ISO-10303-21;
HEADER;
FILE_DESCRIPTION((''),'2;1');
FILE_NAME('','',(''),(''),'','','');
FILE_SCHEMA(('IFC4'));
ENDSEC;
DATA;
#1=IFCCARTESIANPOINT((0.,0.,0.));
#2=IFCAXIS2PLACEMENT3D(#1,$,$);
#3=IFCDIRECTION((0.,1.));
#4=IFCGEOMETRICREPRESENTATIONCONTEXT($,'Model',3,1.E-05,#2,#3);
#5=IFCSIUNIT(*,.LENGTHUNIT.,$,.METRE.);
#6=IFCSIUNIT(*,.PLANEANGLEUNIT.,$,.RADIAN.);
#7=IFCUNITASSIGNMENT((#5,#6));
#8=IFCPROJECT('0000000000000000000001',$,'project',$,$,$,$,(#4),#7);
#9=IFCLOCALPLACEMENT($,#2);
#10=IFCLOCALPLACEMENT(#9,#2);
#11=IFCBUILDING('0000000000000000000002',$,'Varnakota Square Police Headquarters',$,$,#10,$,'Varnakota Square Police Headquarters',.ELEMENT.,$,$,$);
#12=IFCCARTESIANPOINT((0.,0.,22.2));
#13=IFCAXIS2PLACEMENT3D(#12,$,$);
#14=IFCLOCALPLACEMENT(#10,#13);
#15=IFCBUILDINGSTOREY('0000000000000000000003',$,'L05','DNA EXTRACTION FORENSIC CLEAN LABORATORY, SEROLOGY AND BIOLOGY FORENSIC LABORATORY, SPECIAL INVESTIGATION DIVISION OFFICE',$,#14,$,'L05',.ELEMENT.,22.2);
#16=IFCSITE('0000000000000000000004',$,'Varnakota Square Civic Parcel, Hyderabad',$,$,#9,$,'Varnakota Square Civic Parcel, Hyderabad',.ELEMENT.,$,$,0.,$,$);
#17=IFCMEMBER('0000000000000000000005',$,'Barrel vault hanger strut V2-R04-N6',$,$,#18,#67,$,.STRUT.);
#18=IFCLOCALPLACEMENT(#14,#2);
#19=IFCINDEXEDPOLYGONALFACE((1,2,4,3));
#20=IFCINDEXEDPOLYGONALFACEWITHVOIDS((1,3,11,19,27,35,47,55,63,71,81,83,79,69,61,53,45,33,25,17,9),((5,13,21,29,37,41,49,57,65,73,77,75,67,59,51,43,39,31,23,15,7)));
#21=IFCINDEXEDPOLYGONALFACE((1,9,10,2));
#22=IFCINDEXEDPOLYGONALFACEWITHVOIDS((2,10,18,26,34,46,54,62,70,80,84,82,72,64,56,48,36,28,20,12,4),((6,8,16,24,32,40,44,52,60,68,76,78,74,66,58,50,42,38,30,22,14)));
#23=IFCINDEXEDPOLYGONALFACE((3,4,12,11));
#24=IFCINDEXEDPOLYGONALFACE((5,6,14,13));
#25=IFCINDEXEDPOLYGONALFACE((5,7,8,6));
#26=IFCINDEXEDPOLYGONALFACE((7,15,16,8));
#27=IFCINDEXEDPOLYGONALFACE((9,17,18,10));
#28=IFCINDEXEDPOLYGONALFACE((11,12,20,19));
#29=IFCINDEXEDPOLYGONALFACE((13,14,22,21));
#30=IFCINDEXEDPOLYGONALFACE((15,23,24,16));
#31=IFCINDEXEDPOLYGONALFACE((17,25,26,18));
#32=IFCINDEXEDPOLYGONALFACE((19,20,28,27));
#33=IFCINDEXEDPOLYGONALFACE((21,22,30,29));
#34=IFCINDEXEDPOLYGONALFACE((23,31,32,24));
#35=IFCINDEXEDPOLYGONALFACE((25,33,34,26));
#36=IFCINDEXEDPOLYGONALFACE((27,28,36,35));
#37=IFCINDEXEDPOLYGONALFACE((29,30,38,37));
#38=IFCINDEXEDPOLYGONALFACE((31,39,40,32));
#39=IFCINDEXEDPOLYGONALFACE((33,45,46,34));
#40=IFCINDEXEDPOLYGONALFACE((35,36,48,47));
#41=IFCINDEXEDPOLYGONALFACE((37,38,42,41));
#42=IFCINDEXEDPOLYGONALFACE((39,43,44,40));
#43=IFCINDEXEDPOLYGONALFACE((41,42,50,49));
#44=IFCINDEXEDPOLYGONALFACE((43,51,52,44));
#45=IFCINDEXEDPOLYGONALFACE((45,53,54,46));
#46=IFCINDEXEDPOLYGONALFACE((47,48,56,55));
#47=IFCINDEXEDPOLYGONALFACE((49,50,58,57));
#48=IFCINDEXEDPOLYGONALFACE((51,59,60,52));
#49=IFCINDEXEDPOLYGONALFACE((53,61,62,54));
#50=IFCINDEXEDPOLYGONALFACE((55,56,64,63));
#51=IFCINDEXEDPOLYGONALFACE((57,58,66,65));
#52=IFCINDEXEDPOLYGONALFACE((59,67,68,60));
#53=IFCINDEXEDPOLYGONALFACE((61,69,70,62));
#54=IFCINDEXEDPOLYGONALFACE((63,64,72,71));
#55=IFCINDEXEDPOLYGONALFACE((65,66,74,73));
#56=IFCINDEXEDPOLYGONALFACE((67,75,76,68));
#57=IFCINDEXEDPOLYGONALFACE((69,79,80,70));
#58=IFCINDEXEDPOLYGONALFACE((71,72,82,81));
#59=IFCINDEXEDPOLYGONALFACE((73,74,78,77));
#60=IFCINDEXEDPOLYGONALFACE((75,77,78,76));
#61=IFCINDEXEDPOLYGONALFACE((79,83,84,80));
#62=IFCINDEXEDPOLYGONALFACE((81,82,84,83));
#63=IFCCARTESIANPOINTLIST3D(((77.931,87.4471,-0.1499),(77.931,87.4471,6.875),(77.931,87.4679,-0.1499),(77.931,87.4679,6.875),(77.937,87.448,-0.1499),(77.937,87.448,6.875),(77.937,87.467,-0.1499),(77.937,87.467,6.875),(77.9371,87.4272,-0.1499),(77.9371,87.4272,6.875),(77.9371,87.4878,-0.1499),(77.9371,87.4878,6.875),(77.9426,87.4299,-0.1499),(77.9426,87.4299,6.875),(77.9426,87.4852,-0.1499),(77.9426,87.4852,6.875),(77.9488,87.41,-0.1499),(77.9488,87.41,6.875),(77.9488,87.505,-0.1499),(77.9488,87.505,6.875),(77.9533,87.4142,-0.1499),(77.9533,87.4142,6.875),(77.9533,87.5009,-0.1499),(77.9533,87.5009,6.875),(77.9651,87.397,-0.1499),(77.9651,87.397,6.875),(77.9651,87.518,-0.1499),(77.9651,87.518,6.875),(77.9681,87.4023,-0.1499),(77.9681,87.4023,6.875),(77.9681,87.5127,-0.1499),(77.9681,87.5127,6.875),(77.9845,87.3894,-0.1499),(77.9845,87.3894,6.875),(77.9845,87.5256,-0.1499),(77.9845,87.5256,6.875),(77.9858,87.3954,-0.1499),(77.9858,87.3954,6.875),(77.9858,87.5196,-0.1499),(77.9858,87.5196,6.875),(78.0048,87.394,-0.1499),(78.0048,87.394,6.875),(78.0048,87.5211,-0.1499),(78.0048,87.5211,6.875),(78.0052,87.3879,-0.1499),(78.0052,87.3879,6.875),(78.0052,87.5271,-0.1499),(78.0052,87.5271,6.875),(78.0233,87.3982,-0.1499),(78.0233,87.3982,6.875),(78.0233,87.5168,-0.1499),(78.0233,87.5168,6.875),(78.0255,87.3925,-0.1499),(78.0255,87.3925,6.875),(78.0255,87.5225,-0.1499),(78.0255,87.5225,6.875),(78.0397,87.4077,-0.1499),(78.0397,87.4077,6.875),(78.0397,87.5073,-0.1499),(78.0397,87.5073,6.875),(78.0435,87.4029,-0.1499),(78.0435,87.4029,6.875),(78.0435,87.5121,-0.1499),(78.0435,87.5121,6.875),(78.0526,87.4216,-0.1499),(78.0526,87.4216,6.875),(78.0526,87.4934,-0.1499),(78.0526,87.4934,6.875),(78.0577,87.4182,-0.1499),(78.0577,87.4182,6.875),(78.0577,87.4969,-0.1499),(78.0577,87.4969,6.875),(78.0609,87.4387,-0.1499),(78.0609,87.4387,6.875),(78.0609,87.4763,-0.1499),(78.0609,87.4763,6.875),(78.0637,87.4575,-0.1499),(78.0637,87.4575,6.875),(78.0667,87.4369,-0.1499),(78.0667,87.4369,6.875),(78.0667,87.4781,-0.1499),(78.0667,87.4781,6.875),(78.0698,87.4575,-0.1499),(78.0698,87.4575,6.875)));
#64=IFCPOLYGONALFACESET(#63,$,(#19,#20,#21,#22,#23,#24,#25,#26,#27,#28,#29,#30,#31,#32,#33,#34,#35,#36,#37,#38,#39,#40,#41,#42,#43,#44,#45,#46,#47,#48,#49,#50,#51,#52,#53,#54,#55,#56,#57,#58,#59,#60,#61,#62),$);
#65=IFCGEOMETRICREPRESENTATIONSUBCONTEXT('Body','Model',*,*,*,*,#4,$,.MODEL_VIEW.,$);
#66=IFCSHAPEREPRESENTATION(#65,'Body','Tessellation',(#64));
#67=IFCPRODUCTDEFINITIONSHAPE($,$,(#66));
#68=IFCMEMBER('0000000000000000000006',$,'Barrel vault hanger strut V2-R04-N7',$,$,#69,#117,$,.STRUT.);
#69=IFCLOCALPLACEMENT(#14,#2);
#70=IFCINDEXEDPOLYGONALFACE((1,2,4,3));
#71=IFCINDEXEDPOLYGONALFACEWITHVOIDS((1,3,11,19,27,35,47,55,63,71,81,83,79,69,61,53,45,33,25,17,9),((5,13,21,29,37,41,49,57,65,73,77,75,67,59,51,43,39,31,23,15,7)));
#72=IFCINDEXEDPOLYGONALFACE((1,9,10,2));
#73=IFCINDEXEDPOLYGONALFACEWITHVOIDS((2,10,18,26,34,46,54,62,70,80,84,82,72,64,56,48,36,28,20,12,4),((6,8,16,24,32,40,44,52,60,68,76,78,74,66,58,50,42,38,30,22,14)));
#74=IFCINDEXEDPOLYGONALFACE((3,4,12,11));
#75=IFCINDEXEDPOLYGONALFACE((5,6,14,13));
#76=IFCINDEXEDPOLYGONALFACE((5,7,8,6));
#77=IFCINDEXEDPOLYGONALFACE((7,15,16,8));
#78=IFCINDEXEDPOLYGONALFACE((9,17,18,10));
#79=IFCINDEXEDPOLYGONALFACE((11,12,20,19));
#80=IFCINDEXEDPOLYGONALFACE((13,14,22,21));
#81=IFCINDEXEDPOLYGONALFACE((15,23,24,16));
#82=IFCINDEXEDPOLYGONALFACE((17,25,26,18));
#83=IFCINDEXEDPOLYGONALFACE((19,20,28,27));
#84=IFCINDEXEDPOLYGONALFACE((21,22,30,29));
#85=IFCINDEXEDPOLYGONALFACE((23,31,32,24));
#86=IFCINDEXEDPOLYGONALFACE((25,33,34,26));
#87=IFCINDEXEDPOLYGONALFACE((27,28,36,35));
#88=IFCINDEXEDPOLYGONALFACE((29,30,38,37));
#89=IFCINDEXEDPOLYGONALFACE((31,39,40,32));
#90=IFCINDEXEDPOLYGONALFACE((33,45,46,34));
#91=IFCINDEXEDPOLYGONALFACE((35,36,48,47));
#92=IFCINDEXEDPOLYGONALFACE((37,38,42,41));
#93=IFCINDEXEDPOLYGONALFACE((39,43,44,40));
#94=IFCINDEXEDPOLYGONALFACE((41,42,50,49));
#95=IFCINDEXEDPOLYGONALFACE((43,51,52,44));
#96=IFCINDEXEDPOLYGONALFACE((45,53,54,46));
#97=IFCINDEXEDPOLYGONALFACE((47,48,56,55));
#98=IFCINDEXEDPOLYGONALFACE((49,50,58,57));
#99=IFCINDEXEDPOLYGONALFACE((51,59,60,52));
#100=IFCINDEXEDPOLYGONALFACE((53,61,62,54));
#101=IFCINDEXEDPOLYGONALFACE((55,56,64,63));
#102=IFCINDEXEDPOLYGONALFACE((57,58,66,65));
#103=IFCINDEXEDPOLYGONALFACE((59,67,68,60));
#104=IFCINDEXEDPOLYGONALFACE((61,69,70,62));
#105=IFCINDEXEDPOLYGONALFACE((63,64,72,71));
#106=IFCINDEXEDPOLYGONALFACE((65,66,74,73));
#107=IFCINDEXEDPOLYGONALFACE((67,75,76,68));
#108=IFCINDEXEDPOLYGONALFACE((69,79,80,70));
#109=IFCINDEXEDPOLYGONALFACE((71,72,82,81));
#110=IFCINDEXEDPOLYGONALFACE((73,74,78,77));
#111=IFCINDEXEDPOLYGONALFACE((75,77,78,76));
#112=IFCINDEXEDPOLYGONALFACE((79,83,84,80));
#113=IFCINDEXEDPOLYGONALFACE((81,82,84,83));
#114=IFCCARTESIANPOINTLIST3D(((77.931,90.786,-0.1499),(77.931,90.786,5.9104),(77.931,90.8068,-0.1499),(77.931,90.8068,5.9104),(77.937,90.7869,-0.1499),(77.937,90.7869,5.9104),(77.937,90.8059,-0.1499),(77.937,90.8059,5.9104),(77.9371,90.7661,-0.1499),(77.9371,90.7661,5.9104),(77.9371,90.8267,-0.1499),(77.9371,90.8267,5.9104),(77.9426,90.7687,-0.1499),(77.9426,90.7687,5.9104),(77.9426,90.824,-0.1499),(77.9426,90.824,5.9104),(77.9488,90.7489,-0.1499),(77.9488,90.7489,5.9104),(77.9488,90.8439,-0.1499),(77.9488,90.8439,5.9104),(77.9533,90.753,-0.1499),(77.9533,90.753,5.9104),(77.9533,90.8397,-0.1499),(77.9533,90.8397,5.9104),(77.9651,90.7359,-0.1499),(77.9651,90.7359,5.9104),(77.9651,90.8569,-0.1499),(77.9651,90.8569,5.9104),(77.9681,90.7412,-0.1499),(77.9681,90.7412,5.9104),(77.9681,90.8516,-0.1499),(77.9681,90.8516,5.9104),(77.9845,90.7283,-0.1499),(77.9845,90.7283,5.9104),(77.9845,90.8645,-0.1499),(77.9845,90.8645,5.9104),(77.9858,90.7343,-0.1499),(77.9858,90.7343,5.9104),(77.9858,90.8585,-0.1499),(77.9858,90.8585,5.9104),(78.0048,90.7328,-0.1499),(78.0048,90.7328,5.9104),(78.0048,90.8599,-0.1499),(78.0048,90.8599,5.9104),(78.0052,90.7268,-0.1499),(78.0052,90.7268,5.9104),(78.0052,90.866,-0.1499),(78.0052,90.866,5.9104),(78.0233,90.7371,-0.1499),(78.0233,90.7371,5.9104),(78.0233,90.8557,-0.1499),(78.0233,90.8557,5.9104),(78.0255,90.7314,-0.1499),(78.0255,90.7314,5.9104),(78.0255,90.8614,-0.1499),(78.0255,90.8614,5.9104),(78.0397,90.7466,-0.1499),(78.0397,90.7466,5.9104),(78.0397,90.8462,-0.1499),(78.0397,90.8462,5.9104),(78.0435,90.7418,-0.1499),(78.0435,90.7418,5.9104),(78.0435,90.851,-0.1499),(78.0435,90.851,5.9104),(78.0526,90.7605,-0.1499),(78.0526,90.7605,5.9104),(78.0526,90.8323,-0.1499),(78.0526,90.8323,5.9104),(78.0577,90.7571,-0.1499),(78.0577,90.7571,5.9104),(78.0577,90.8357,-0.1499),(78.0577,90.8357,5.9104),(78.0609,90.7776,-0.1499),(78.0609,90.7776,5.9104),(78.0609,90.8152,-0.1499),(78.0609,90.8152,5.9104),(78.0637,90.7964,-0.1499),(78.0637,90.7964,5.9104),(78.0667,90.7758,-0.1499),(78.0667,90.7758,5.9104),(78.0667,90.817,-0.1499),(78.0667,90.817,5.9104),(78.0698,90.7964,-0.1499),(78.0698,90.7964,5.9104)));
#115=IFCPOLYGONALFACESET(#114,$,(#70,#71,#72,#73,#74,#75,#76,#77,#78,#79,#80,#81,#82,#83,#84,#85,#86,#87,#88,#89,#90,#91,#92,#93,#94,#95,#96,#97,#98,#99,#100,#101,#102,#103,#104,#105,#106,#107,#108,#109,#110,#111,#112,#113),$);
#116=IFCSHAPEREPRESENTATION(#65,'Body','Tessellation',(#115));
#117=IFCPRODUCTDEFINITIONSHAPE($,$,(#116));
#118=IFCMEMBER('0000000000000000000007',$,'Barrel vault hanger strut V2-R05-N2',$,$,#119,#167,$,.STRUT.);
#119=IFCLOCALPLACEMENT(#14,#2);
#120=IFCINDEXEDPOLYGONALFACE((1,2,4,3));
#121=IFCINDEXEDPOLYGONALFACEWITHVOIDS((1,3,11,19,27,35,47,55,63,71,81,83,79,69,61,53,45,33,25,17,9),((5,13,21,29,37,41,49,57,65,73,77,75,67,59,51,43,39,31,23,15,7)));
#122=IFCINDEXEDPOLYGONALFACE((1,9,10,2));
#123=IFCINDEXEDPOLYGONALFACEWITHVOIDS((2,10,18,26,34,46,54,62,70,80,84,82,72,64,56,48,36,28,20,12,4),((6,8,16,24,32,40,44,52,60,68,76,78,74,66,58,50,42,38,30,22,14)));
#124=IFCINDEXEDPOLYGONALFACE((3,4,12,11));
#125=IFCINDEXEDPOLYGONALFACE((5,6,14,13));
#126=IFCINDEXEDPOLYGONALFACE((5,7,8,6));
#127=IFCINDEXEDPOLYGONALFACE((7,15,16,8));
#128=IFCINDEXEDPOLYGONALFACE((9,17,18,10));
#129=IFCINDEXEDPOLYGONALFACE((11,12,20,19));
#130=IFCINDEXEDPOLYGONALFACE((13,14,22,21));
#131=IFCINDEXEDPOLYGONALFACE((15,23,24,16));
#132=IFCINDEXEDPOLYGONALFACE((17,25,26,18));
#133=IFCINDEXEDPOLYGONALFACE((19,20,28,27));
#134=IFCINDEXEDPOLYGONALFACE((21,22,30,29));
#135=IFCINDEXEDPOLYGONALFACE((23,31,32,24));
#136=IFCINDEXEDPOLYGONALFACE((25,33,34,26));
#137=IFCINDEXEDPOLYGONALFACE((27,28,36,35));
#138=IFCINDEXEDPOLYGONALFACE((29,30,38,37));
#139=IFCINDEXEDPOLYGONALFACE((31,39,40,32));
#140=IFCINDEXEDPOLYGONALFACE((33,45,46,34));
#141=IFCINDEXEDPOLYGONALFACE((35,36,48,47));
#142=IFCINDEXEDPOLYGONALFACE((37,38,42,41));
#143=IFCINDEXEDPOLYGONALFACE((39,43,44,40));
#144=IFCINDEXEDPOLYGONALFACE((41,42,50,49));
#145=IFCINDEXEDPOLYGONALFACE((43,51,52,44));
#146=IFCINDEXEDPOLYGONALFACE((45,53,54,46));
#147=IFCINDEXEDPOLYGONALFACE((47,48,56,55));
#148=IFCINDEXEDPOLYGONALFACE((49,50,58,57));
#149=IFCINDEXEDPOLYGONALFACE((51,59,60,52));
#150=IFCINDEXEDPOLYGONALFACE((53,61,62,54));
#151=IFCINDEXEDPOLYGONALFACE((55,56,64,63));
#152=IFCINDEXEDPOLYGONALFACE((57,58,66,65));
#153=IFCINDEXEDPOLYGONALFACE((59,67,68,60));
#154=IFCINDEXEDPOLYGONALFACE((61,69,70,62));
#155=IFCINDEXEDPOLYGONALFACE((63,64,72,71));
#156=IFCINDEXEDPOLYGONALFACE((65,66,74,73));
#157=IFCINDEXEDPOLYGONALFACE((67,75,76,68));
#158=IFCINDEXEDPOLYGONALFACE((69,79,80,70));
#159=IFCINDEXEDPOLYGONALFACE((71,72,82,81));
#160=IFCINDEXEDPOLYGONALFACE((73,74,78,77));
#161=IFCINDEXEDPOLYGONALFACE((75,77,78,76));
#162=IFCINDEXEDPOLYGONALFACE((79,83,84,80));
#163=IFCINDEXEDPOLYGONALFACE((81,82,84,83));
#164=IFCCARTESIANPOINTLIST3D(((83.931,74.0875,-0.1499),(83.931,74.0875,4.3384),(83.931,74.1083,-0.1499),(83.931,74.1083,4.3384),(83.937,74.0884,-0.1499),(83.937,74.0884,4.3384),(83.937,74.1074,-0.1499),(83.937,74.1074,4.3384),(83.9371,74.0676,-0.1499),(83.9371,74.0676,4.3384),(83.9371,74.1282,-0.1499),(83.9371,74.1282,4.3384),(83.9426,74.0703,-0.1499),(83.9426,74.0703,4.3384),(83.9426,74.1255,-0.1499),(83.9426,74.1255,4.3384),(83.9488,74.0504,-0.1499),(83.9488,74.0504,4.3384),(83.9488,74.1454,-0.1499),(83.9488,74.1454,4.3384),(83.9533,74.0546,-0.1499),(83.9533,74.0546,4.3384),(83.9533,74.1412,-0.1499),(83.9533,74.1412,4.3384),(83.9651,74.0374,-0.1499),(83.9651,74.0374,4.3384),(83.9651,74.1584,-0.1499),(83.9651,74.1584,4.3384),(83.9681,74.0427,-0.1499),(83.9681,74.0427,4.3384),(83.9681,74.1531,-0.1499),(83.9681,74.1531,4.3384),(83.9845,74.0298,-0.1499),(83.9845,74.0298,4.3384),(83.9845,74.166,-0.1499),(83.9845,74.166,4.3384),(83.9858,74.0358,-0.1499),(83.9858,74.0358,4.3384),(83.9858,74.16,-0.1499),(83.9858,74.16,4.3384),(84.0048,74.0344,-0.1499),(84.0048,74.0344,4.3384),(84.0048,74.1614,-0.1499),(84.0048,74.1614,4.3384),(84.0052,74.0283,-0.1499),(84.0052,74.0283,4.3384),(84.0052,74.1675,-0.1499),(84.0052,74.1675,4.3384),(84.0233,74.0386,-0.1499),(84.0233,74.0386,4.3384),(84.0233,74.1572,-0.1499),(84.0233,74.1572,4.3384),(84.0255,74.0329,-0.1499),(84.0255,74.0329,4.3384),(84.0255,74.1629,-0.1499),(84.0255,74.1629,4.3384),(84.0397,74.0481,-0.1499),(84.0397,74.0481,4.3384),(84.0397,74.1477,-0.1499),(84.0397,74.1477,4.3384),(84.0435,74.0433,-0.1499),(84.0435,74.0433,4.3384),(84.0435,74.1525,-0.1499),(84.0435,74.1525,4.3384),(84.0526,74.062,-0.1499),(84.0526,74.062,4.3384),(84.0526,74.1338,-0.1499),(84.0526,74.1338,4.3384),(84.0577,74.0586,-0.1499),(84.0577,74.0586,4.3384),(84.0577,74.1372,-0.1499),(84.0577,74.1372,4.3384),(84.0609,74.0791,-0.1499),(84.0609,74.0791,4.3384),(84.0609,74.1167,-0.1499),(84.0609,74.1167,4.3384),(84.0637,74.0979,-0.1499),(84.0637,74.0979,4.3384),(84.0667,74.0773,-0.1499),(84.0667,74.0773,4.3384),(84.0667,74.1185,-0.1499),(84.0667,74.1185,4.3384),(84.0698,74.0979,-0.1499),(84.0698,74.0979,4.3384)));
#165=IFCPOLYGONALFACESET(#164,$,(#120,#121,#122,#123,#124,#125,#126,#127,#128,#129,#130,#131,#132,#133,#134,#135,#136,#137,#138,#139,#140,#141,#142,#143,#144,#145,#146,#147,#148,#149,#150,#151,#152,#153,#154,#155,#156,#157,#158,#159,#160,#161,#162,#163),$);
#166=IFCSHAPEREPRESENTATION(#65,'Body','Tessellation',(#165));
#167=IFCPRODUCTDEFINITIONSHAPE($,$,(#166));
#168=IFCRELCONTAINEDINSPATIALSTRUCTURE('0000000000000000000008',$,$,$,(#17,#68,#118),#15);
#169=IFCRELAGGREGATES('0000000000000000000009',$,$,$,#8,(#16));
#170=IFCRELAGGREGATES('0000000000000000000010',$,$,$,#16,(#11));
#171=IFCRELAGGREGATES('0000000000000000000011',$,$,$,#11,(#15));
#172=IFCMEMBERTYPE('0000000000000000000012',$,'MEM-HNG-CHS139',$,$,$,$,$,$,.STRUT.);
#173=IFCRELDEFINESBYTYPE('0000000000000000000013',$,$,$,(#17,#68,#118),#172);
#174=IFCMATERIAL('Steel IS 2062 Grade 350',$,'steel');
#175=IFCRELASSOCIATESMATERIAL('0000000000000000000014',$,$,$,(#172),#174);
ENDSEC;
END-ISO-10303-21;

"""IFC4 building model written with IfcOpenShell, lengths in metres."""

from ifc_helpers import new_model, si_unit, direction, frame, origin, origin_2d, place, context, subcontext, project, spatial, hollow_circle, extrude, material, material_profile, profile_set, type_object, element, save


model = new_model("IFC4")

# Units and contexts
model_context = context("Model", 3, precision=1e-05, world=origin(), true_north=direction((0.0, 1.0)))
body_context = subcontext(model_context, "Body", "Model", "MODEL_VIEW")
ifc_project = project(units=[si_unit("LENGTHUNIT", "METRE"), si_unit("PLANEANGLEUNIT", "RADIAN")], contexts=[model_context])

# Site, building, storey
site_placement = place(None, origin())
site = spatial("IfcSite", under=ifc_project, at=site_placement, Name="Varnakota Square Civic Parcel, Hyderabad", LongName="Varnakota Square Civic Parcel, Hyderabad", CompositionType="ELEMENT", RefElevation=0.0)
building_placement = place(site_placement, origin())
building = spatial("IfcBuilding", under=site, at=building_placement, Name="Varnakota Square Police Headquarters", LongName="Varnakota Square Police Headquarters", CompositionType="ELEMENT")
storey_placement = place(building_placement, frame((0.0, 0.0, 22.2)))
storey = spatial("IfcBuildingStorey", under=building, at=storey_placement, Name="L05", Description="DNA EXTRACTION FORENSIC CLEAN LABORATORY, SEROLOGY AND BIOLOGY FORENSIC LABORATORY, SPECIAL INVESTIGATION DIVISION OFFICE", LongName="L05", CompositionType="ELEMENT", Elevation=22.2)

# Shared definitions
ifc_material_1 = material(Name="Steel IS 2062 Grade 350", Category="steel")

# Members
ifc_material_profile_1 = material_profile(ifc_material_1, hollow_circle(Radius=0.0698, WallThickness=0.0061, at=origin_2d()), Name="CHS 139.7x6.0")
ifc_profile_set_1 = profile_set([ifc_material_profile_1], Name="Steel IS 2062 Grade 350")
member_type = type_object("IfcMemberType", Name="MEM-HNG-CHS139", PredefinedType="STRUT", material=ifc_profile_set_1)
member_1_placement = place(storey_placement, frame((78.0, 87.4575, -0.1499), z_axis=(0.0, 0.0, 1.0), x_axis=(1.0, 0.0, 0.0)))
element("IfcMember", 1, at=member_1_placement, inside=storey, type_object=member_type, Name="Barrel vault hanger strut V2-R04-N6", PredefinedType="STRUT", context=body_context, shape_type="SweptSolid", body=[
    extrude(hollow_circle(Radius=0.0698, WallThickness=0.0061, at=origin_2d()), origin(), (0.0, 0.0, 1.0), 7.0249),
])
member_2_placement = place(storey_placement, frame((78.0, 90.7964, -0.1499), z_axis=(0.0, 0.0, 1.0), x_axis=(1.0, 0.0, 0.0)))
element("IfcMember", 2, at=member_2_placement, inside=storey, type_object=member_type, Name="Barrel vault hanger strut V2-R04-N7", PredefinedType="STRUT", context=body_context, shape_type="SweptSolid", body=[
    extrude(hollow_circle(Radius=0.0698, WallThickness=0.0061, at=origin_2d()), origin(), (0.0, 0.0, 1.0), 6.0603),
])
member_3_placement = place(storey_placement, frame((84.0, 74.0979, -0.1499), z_axis=(0.0, 0.0, 1.0), x_axis=(1.0, 0.0, 0.0)))
element("IfcMember", 3, at=member_3_placement, inside=storey, type_object=member_type, Name="Barrel vault hanger strut V2-R05-N2", PredefinedType="STRUT", context=body_context, shape_type="SweptSolid", body=[
    extrude(hollow_circle(Radius=0.0698, WallThickness=0.0061, at=origin_2d()), origin(), (0.0, 0.0, 1.0), 4.4883),
])

save(model, "model.ifc")
